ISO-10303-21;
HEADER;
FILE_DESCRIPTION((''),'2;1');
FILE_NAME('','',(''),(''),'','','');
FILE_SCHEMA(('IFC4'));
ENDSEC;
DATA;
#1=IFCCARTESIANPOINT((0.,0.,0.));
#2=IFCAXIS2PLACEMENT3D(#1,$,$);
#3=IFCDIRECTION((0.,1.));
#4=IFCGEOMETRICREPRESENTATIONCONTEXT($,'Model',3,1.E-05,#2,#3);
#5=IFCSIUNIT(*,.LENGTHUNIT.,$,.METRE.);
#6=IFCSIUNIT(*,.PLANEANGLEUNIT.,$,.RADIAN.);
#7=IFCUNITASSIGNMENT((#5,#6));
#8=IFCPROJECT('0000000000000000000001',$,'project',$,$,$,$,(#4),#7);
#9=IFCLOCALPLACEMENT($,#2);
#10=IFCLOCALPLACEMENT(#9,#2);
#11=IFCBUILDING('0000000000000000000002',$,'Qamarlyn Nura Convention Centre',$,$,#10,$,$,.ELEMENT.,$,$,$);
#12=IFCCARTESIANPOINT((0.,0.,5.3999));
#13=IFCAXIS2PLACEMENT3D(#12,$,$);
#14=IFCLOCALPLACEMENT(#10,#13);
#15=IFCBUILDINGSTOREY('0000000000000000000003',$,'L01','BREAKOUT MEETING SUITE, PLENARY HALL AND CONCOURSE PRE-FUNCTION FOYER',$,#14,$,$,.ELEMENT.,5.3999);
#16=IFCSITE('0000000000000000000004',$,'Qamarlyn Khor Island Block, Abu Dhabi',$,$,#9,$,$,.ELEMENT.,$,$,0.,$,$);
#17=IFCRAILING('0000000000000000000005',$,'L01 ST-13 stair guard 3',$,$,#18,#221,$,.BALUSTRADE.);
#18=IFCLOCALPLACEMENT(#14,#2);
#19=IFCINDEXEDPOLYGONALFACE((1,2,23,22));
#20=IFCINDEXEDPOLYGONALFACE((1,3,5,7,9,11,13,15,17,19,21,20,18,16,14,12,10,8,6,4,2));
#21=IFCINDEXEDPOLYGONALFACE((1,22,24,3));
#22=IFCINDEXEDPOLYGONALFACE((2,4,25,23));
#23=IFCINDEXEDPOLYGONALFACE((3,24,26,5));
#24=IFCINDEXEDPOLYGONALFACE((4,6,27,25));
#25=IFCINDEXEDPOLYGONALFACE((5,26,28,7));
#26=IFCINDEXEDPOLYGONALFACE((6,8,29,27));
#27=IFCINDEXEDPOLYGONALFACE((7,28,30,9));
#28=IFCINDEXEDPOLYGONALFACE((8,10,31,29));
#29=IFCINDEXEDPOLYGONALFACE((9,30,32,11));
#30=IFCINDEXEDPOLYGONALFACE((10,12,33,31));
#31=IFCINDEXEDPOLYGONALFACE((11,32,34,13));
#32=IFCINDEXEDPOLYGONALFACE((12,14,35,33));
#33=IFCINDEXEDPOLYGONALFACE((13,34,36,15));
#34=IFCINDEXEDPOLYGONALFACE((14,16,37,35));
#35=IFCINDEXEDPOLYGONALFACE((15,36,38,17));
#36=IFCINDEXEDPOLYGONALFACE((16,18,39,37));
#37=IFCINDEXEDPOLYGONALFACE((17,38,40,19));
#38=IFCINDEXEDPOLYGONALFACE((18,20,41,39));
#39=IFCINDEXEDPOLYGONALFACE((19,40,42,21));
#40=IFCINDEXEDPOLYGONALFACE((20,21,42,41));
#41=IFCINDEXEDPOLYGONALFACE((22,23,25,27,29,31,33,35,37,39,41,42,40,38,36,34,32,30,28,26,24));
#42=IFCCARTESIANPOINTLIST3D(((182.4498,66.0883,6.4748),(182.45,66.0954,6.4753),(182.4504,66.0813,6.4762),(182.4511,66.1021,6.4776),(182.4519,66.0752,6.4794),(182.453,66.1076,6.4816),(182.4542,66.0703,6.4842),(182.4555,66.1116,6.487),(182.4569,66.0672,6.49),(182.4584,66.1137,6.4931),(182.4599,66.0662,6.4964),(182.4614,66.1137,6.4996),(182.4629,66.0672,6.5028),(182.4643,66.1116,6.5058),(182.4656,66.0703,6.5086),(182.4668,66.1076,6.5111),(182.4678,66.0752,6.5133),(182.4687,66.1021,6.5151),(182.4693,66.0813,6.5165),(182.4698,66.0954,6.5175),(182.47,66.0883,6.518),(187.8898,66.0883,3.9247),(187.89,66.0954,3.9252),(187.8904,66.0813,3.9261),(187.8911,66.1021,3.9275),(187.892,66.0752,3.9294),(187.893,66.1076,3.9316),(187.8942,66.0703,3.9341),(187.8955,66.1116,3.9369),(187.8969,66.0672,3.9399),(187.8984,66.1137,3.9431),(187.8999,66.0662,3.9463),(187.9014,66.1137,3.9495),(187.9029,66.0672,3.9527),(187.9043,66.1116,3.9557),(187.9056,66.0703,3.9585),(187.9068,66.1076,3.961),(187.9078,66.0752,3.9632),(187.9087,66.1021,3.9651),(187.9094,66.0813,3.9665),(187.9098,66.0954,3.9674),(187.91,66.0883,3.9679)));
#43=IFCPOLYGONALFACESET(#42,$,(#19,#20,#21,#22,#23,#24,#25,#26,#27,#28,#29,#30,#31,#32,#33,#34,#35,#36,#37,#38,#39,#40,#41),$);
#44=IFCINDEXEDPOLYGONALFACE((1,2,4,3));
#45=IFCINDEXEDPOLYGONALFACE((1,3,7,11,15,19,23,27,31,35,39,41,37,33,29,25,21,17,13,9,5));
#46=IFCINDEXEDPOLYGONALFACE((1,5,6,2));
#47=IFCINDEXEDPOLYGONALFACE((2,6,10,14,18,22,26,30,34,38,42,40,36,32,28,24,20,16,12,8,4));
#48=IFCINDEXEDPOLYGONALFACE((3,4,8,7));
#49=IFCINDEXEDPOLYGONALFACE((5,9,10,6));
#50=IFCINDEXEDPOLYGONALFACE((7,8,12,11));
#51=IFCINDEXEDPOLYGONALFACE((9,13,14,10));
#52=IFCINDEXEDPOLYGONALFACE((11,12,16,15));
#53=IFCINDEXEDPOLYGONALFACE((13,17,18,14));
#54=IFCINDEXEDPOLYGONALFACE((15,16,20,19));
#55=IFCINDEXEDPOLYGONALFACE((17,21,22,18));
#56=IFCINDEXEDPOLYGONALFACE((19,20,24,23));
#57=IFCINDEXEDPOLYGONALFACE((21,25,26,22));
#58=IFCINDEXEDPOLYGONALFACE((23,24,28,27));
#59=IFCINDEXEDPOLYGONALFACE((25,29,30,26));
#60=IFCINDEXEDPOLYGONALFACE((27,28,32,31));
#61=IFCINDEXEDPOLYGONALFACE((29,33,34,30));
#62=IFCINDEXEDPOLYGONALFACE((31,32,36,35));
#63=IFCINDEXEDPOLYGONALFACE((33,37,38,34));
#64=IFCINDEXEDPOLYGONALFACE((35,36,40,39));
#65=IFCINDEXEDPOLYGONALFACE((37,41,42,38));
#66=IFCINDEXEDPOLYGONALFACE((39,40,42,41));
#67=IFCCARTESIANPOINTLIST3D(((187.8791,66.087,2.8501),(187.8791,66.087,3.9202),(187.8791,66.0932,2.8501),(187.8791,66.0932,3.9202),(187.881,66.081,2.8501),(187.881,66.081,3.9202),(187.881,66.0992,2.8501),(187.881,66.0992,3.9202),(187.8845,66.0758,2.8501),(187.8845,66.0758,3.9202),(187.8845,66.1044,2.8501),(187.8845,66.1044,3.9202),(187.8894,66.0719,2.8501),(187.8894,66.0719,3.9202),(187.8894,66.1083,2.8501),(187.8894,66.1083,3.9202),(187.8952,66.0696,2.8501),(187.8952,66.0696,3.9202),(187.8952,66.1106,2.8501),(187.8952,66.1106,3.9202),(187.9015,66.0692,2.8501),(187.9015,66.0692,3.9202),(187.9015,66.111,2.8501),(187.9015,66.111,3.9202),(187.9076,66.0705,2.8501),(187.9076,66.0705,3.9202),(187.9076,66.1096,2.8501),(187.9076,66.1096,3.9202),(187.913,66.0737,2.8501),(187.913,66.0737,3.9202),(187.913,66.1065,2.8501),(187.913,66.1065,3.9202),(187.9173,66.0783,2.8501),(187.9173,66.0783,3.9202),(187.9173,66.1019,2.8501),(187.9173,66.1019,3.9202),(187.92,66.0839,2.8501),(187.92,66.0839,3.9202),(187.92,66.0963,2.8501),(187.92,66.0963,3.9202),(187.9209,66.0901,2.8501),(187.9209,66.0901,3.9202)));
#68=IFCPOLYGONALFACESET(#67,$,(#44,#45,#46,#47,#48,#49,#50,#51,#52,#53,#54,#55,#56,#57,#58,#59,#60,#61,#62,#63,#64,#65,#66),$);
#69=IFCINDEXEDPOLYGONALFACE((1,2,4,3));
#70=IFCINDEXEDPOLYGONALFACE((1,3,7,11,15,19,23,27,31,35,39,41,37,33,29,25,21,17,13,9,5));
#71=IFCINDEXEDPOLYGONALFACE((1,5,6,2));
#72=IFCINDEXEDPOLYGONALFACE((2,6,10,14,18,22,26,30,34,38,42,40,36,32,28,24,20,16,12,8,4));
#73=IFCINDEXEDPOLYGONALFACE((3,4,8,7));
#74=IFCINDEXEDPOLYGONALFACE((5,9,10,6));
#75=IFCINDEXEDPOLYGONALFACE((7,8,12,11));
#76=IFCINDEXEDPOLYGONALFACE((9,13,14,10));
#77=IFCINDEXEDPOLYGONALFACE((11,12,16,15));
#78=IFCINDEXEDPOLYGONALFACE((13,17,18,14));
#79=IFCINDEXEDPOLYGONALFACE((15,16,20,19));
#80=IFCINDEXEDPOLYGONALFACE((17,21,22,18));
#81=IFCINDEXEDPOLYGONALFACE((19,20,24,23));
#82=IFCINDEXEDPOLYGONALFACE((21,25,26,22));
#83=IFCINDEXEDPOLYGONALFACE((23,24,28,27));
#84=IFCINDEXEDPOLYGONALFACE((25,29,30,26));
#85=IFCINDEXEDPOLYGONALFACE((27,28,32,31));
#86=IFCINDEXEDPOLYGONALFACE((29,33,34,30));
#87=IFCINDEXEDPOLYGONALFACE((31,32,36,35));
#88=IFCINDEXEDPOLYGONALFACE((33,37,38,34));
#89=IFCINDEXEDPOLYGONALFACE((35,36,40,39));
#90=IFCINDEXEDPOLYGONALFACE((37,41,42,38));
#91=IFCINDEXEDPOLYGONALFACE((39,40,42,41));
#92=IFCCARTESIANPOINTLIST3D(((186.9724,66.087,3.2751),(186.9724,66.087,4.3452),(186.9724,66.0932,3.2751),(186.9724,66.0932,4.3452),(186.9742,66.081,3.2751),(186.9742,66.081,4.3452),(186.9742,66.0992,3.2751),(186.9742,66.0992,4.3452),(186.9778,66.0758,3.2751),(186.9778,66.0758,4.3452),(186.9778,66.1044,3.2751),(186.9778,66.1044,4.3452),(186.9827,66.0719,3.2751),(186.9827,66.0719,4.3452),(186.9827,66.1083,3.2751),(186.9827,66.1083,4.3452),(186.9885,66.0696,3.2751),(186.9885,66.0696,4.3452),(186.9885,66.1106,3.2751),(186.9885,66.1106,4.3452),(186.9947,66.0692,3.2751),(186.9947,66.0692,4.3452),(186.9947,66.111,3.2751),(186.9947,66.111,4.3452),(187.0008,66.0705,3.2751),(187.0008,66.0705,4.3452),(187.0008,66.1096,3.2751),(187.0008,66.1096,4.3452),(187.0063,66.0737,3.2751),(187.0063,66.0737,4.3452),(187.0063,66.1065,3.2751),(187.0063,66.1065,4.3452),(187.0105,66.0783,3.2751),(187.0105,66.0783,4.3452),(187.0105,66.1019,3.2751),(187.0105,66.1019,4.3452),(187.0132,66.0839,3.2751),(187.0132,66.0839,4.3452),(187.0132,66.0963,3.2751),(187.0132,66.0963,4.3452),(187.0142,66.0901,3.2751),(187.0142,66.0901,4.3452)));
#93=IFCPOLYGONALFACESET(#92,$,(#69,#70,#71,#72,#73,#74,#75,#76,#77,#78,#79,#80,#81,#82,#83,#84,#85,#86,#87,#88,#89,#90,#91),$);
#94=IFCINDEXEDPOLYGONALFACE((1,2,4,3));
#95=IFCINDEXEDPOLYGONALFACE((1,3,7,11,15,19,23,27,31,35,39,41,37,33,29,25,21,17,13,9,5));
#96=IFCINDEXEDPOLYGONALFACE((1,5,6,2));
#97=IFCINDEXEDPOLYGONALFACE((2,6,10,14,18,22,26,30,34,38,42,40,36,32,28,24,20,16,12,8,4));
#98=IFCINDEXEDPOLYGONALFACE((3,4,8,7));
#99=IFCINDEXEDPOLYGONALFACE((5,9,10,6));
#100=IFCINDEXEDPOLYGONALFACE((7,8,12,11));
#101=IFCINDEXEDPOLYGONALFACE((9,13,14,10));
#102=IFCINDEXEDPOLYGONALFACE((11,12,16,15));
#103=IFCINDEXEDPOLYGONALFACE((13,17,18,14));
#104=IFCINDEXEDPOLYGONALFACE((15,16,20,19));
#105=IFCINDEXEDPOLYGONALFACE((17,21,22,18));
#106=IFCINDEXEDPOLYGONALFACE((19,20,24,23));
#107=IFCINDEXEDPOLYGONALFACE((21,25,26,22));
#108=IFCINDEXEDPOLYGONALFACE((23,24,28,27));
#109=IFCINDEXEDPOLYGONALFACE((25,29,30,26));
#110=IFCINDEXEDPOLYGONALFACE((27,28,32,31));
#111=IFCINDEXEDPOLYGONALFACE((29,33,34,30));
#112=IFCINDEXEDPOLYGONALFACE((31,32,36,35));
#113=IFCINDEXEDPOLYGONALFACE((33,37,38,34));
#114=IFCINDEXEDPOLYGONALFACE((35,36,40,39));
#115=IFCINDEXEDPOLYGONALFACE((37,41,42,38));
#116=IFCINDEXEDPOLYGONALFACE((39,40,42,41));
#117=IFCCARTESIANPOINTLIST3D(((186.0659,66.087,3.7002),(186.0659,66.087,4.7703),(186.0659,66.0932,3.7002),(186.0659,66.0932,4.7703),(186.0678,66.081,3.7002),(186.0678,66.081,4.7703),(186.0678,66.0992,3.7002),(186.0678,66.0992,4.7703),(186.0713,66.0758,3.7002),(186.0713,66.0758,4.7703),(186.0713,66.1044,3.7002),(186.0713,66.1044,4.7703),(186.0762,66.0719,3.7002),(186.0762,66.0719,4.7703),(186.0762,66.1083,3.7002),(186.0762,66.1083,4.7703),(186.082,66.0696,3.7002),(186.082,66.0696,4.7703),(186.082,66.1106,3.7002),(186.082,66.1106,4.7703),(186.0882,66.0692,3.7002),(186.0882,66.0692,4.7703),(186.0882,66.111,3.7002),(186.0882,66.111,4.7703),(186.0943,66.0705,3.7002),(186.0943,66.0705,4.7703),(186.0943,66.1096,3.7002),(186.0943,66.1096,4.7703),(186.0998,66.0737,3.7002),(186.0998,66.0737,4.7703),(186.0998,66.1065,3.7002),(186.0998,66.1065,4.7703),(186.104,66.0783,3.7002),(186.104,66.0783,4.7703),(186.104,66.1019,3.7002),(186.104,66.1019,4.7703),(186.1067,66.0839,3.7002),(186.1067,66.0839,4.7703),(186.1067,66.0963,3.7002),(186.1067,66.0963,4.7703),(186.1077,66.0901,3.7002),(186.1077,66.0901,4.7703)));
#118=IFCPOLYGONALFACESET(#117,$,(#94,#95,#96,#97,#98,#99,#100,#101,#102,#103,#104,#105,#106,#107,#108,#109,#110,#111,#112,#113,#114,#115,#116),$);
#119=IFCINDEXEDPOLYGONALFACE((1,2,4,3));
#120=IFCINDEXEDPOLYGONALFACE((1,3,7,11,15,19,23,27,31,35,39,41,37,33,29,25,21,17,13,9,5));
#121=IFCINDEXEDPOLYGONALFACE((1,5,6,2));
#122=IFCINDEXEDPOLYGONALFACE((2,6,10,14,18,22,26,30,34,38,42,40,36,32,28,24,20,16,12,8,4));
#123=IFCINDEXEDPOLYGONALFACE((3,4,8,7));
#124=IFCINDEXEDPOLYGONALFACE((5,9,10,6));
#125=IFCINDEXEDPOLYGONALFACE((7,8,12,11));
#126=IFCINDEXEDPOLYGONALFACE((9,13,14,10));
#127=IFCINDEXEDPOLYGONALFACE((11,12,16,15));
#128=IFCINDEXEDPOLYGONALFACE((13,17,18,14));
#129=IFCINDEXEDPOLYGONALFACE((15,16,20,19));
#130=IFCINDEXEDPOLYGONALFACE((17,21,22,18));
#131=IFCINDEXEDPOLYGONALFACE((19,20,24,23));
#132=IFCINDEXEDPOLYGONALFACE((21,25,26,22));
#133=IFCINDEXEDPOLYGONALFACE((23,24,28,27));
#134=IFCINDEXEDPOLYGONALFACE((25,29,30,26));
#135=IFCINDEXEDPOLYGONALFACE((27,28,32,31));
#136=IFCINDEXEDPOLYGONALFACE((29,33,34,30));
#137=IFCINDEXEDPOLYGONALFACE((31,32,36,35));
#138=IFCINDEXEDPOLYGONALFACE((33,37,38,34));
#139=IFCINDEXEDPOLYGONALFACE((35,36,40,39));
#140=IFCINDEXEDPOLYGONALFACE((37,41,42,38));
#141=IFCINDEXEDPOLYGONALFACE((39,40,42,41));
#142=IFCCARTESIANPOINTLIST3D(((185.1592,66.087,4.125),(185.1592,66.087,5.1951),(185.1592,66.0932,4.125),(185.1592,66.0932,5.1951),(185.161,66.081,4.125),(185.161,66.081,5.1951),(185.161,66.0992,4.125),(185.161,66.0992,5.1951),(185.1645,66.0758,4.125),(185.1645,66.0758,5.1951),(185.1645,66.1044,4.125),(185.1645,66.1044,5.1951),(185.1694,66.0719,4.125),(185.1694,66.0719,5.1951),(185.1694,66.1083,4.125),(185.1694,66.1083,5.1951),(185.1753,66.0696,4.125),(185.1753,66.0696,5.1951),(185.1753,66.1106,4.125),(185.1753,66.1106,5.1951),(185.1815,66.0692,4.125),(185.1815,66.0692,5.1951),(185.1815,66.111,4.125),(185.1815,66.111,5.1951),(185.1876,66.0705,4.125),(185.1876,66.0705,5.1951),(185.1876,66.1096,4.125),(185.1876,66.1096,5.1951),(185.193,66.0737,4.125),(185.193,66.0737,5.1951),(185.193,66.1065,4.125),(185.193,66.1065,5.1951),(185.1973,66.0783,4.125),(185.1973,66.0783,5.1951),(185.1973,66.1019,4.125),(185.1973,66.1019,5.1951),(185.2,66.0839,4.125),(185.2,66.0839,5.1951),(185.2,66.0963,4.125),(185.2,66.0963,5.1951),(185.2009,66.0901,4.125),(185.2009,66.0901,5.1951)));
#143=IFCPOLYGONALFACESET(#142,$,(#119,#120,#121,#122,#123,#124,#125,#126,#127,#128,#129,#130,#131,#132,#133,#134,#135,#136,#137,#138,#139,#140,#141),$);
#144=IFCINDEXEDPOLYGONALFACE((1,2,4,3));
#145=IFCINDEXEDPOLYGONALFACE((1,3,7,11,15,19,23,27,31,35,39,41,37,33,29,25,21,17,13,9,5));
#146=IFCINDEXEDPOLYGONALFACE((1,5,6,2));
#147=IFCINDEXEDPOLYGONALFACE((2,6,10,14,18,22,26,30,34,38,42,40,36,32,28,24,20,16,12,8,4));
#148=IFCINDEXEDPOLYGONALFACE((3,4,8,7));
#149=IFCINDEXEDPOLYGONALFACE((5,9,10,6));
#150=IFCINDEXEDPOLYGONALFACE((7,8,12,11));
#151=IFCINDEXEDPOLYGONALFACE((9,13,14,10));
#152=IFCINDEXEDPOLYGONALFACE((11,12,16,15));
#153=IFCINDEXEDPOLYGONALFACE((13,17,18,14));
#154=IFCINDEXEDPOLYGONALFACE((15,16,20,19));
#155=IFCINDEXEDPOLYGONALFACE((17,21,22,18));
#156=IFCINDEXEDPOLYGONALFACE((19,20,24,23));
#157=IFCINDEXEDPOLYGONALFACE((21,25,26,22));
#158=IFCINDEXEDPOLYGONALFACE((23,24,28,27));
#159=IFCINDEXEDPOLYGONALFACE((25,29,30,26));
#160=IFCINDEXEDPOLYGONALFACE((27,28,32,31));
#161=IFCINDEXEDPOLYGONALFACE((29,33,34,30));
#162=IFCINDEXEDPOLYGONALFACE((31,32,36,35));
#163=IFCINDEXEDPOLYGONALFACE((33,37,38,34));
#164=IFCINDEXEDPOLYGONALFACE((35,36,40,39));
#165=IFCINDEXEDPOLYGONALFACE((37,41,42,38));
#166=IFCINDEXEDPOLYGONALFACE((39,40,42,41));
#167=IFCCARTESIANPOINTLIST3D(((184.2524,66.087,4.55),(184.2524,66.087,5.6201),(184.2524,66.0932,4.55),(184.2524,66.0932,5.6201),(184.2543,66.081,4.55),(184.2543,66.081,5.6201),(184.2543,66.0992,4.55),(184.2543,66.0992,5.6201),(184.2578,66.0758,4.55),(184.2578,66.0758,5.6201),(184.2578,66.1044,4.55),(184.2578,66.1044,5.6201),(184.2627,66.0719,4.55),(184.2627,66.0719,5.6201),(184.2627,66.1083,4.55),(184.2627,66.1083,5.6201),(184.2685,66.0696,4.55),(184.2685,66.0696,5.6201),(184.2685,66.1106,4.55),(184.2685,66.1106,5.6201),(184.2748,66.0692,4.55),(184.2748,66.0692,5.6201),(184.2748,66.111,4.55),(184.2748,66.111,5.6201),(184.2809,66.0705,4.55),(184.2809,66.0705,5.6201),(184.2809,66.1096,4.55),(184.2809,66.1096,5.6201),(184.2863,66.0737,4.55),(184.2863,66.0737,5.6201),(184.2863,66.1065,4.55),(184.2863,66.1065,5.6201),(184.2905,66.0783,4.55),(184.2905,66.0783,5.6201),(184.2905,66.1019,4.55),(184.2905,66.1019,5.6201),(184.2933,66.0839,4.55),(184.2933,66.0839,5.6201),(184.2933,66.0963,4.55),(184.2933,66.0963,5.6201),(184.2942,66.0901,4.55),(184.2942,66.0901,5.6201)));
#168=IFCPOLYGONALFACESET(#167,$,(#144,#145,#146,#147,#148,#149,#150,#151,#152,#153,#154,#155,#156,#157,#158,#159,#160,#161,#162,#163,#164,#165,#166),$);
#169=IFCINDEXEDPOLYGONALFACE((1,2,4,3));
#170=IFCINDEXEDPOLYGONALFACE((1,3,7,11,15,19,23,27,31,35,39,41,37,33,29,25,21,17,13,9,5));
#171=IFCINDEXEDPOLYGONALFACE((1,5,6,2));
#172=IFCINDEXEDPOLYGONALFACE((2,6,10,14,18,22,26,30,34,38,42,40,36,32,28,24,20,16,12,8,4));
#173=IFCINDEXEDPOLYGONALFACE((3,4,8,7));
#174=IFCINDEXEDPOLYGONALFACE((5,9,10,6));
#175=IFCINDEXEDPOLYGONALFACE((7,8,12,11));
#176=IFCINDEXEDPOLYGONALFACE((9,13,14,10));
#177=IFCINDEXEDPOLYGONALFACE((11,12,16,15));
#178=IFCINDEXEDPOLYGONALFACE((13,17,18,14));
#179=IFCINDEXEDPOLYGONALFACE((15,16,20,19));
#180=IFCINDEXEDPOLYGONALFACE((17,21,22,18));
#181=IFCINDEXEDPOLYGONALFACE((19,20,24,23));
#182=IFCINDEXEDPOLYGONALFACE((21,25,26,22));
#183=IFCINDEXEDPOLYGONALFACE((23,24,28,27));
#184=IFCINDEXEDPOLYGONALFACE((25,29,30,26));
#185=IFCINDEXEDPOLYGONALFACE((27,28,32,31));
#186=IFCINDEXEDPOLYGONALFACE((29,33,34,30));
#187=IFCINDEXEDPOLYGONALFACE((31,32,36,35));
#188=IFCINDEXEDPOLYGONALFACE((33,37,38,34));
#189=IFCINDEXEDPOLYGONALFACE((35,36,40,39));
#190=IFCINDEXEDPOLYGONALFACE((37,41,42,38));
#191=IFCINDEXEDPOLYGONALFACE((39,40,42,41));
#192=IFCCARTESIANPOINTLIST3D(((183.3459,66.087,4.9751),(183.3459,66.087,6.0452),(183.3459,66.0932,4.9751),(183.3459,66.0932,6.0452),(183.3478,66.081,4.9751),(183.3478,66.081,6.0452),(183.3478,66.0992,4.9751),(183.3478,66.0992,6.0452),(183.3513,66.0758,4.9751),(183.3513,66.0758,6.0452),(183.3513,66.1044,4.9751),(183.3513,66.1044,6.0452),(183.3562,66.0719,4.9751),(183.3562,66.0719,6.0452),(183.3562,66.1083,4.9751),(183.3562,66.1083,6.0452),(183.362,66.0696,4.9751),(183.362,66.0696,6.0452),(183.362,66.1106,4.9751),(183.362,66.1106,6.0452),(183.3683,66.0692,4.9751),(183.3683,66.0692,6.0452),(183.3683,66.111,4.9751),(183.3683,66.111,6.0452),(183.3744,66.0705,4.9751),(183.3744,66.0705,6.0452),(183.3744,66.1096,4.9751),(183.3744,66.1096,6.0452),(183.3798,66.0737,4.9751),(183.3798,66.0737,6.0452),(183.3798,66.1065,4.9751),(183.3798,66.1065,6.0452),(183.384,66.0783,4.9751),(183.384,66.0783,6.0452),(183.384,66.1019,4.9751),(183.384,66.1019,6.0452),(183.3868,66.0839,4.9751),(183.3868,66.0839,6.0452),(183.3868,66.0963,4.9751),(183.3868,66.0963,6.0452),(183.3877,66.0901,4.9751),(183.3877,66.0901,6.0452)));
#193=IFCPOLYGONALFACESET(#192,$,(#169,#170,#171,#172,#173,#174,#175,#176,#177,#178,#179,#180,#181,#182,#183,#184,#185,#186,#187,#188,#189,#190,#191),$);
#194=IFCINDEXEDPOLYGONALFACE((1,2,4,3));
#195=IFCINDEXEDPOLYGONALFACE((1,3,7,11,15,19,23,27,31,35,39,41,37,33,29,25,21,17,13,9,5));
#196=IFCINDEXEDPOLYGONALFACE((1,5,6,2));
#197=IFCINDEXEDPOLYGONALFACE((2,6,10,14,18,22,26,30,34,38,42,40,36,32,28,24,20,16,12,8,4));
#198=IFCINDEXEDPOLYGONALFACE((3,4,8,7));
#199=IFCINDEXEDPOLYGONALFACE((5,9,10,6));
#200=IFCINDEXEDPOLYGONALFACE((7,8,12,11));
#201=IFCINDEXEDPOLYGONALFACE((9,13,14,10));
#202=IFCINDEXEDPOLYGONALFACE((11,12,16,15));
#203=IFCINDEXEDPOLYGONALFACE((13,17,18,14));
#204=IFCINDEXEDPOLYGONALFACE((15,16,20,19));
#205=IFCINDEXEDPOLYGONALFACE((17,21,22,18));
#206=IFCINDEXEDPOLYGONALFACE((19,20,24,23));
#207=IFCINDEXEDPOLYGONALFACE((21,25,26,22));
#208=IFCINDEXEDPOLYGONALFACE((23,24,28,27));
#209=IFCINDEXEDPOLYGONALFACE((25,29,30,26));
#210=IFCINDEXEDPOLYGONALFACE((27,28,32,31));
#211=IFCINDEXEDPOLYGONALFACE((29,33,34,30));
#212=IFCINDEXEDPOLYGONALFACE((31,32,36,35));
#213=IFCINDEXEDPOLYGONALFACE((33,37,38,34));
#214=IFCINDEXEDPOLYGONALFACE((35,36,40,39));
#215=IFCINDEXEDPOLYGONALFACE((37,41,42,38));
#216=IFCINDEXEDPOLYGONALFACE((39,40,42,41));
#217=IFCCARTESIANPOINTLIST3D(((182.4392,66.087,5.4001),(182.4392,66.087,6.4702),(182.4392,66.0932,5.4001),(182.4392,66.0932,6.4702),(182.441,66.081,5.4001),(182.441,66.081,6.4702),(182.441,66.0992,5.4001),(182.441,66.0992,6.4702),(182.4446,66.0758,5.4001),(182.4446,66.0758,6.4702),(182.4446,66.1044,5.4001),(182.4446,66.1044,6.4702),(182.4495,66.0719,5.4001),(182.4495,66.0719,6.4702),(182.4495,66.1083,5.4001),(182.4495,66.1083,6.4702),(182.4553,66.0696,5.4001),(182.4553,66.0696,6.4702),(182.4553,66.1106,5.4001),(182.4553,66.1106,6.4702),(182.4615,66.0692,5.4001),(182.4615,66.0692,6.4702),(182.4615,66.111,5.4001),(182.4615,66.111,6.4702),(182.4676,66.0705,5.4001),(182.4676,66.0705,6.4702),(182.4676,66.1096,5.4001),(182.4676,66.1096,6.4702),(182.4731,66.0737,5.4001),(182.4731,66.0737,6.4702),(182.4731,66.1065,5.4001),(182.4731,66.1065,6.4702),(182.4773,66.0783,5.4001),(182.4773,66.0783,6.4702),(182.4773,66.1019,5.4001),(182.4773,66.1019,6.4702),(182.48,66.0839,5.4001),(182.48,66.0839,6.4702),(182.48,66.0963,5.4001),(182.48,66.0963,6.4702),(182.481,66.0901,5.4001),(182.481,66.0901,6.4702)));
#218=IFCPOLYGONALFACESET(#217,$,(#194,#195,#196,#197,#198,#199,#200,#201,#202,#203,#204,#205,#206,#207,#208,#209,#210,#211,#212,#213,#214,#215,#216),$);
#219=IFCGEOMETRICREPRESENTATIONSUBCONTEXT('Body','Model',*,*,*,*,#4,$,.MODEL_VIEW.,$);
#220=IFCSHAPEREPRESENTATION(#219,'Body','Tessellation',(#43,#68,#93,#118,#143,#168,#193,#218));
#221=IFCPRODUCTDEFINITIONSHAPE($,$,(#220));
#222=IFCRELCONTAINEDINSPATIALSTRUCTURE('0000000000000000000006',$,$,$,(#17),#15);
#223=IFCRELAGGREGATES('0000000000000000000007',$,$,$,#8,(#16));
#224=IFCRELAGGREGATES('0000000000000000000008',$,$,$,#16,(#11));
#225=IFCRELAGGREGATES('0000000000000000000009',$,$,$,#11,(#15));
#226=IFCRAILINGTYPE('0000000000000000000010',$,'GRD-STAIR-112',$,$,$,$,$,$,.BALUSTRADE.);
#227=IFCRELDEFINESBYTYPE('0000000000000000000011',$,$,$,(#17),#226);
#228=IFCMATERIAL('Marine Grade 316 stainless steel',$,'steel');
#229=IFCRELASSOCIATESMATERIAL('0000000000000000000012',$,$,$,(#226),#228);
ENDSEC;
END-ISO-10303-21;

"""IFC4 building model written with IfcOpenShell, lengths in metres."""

from ifc_helpers import new_model, si_unit, direction, frame, origin, origin_2d, place, context, subcontext, project, spatial, circle, extrude, material, type_object, element, save


model = new_model("IFC4")

# Units and contexts
model_context = context("Model", 3, precision=1e-05, world=origin(), true_north=direction((0.0, 1.0)))
body_context = subcontext(model_context, "Body", "Model", "MODEL_VIEW")
ifc_project = project(units=[si_unit("LENGTHUNIT", "METRE"), si_unit("PLANEANGLEUNIT", "RADIAN")], contexts=[model_context])

# Site, building, storey
site_placement = place(None, origin())
site = spatial("IfcSite", under=ifc_project, at=site_placement, Name="Qamarlyn Khor Island Block, Abu Dhabi", CompositionType="ELEMENT", RefElevation=0.0)
building_placement = place(site_placement, origin())
building = spatial("IfcBuilding", under=site, at=building_placement, Name="Qamarlyn Nura Convention Centre", CompositionType="ELEMENT")
storey_placement = place(building_placement, frame((0.0, 0.0, 5.3999)))
storey = spatial("IfcBuildingStorey", under=building, at=storey_placement, Name="L01", Description="BREAKOUT MEETING SUITE, PLENARY HALL AND CONCOURSE PRE-FUNCTION FOYER", CompositionType="ELEMENT", Elevation=5.3999)

# Shared definitions
ifc_material_1 = material(Name="Marine Grade 316 stainless steel", Category="steel")

# Railing
railing_type = type_object("IfcRailingType", Name="GRD-STAIR-112", PredefinedType="BALUSTRADE", material=ifc_material_1)
railing_1_placement = place(storey_placement, frame((187.8999, 66.0901, 2.8501)))
element("IfcRailing", 1, at=railing_1_placement, inside=storey, type_object=railing_type, Name="L01 ST-13 stair guard 3", PredefinedType="BALUSTRADE", context=body_context, shape_type="SweptSolid", body=[
    extrude(circle(Radius=0.0239, at=origin_2d()), frame((0.0, 0.0, 1.0962), z_axis=(-0.905454, 0.0, 0.424444), x_axis=(0.0, -1.0, 0.0)), (0.0, 0.0, 1.0), 6.0081),
    extrude(circle(Radius=0.021, at=origin_2d()), origin(), (0.0, 0.0, 1.0), 1.0701),
    extrude(circle(Radius=0.021, at=origin_2d()), frame((-0.9067, 0.0, 0.425)), (0.0, 0.0, 1.0), 1.0701),
    extrude(circle(Radius=0.021, at=origin_2d()), frame((-1.8132, 0.0, 0.8501)), (0.0, 0.0, 1.0), 1.0701),
    extrude(circle(Radius=0.021, at=origin_2d()), frame((-2.72, 0.0, 1.2749)), (0.0, 0.0, 1.0), 1.0701),
    extrude(circle(Radius=0.021, at=origin_2d()), frame((-3.6267, 0.0, 1.7)), (0.0, 0.0, 1.0), 1.0701),
    extrude(circle(Radius=0.021, at=origin_2d()), frame((-4.5332, 0.0, 2.125)), (0.0, 0.0, 1.0), 1.0701),
    extrude(circle(Radius=0.021, at=origin_2d()), frame((-5.4399, 0.0, 2.55)), (0.0, 0.0, 1.0), 1.0701),
])

save(model, "model.ifc")
